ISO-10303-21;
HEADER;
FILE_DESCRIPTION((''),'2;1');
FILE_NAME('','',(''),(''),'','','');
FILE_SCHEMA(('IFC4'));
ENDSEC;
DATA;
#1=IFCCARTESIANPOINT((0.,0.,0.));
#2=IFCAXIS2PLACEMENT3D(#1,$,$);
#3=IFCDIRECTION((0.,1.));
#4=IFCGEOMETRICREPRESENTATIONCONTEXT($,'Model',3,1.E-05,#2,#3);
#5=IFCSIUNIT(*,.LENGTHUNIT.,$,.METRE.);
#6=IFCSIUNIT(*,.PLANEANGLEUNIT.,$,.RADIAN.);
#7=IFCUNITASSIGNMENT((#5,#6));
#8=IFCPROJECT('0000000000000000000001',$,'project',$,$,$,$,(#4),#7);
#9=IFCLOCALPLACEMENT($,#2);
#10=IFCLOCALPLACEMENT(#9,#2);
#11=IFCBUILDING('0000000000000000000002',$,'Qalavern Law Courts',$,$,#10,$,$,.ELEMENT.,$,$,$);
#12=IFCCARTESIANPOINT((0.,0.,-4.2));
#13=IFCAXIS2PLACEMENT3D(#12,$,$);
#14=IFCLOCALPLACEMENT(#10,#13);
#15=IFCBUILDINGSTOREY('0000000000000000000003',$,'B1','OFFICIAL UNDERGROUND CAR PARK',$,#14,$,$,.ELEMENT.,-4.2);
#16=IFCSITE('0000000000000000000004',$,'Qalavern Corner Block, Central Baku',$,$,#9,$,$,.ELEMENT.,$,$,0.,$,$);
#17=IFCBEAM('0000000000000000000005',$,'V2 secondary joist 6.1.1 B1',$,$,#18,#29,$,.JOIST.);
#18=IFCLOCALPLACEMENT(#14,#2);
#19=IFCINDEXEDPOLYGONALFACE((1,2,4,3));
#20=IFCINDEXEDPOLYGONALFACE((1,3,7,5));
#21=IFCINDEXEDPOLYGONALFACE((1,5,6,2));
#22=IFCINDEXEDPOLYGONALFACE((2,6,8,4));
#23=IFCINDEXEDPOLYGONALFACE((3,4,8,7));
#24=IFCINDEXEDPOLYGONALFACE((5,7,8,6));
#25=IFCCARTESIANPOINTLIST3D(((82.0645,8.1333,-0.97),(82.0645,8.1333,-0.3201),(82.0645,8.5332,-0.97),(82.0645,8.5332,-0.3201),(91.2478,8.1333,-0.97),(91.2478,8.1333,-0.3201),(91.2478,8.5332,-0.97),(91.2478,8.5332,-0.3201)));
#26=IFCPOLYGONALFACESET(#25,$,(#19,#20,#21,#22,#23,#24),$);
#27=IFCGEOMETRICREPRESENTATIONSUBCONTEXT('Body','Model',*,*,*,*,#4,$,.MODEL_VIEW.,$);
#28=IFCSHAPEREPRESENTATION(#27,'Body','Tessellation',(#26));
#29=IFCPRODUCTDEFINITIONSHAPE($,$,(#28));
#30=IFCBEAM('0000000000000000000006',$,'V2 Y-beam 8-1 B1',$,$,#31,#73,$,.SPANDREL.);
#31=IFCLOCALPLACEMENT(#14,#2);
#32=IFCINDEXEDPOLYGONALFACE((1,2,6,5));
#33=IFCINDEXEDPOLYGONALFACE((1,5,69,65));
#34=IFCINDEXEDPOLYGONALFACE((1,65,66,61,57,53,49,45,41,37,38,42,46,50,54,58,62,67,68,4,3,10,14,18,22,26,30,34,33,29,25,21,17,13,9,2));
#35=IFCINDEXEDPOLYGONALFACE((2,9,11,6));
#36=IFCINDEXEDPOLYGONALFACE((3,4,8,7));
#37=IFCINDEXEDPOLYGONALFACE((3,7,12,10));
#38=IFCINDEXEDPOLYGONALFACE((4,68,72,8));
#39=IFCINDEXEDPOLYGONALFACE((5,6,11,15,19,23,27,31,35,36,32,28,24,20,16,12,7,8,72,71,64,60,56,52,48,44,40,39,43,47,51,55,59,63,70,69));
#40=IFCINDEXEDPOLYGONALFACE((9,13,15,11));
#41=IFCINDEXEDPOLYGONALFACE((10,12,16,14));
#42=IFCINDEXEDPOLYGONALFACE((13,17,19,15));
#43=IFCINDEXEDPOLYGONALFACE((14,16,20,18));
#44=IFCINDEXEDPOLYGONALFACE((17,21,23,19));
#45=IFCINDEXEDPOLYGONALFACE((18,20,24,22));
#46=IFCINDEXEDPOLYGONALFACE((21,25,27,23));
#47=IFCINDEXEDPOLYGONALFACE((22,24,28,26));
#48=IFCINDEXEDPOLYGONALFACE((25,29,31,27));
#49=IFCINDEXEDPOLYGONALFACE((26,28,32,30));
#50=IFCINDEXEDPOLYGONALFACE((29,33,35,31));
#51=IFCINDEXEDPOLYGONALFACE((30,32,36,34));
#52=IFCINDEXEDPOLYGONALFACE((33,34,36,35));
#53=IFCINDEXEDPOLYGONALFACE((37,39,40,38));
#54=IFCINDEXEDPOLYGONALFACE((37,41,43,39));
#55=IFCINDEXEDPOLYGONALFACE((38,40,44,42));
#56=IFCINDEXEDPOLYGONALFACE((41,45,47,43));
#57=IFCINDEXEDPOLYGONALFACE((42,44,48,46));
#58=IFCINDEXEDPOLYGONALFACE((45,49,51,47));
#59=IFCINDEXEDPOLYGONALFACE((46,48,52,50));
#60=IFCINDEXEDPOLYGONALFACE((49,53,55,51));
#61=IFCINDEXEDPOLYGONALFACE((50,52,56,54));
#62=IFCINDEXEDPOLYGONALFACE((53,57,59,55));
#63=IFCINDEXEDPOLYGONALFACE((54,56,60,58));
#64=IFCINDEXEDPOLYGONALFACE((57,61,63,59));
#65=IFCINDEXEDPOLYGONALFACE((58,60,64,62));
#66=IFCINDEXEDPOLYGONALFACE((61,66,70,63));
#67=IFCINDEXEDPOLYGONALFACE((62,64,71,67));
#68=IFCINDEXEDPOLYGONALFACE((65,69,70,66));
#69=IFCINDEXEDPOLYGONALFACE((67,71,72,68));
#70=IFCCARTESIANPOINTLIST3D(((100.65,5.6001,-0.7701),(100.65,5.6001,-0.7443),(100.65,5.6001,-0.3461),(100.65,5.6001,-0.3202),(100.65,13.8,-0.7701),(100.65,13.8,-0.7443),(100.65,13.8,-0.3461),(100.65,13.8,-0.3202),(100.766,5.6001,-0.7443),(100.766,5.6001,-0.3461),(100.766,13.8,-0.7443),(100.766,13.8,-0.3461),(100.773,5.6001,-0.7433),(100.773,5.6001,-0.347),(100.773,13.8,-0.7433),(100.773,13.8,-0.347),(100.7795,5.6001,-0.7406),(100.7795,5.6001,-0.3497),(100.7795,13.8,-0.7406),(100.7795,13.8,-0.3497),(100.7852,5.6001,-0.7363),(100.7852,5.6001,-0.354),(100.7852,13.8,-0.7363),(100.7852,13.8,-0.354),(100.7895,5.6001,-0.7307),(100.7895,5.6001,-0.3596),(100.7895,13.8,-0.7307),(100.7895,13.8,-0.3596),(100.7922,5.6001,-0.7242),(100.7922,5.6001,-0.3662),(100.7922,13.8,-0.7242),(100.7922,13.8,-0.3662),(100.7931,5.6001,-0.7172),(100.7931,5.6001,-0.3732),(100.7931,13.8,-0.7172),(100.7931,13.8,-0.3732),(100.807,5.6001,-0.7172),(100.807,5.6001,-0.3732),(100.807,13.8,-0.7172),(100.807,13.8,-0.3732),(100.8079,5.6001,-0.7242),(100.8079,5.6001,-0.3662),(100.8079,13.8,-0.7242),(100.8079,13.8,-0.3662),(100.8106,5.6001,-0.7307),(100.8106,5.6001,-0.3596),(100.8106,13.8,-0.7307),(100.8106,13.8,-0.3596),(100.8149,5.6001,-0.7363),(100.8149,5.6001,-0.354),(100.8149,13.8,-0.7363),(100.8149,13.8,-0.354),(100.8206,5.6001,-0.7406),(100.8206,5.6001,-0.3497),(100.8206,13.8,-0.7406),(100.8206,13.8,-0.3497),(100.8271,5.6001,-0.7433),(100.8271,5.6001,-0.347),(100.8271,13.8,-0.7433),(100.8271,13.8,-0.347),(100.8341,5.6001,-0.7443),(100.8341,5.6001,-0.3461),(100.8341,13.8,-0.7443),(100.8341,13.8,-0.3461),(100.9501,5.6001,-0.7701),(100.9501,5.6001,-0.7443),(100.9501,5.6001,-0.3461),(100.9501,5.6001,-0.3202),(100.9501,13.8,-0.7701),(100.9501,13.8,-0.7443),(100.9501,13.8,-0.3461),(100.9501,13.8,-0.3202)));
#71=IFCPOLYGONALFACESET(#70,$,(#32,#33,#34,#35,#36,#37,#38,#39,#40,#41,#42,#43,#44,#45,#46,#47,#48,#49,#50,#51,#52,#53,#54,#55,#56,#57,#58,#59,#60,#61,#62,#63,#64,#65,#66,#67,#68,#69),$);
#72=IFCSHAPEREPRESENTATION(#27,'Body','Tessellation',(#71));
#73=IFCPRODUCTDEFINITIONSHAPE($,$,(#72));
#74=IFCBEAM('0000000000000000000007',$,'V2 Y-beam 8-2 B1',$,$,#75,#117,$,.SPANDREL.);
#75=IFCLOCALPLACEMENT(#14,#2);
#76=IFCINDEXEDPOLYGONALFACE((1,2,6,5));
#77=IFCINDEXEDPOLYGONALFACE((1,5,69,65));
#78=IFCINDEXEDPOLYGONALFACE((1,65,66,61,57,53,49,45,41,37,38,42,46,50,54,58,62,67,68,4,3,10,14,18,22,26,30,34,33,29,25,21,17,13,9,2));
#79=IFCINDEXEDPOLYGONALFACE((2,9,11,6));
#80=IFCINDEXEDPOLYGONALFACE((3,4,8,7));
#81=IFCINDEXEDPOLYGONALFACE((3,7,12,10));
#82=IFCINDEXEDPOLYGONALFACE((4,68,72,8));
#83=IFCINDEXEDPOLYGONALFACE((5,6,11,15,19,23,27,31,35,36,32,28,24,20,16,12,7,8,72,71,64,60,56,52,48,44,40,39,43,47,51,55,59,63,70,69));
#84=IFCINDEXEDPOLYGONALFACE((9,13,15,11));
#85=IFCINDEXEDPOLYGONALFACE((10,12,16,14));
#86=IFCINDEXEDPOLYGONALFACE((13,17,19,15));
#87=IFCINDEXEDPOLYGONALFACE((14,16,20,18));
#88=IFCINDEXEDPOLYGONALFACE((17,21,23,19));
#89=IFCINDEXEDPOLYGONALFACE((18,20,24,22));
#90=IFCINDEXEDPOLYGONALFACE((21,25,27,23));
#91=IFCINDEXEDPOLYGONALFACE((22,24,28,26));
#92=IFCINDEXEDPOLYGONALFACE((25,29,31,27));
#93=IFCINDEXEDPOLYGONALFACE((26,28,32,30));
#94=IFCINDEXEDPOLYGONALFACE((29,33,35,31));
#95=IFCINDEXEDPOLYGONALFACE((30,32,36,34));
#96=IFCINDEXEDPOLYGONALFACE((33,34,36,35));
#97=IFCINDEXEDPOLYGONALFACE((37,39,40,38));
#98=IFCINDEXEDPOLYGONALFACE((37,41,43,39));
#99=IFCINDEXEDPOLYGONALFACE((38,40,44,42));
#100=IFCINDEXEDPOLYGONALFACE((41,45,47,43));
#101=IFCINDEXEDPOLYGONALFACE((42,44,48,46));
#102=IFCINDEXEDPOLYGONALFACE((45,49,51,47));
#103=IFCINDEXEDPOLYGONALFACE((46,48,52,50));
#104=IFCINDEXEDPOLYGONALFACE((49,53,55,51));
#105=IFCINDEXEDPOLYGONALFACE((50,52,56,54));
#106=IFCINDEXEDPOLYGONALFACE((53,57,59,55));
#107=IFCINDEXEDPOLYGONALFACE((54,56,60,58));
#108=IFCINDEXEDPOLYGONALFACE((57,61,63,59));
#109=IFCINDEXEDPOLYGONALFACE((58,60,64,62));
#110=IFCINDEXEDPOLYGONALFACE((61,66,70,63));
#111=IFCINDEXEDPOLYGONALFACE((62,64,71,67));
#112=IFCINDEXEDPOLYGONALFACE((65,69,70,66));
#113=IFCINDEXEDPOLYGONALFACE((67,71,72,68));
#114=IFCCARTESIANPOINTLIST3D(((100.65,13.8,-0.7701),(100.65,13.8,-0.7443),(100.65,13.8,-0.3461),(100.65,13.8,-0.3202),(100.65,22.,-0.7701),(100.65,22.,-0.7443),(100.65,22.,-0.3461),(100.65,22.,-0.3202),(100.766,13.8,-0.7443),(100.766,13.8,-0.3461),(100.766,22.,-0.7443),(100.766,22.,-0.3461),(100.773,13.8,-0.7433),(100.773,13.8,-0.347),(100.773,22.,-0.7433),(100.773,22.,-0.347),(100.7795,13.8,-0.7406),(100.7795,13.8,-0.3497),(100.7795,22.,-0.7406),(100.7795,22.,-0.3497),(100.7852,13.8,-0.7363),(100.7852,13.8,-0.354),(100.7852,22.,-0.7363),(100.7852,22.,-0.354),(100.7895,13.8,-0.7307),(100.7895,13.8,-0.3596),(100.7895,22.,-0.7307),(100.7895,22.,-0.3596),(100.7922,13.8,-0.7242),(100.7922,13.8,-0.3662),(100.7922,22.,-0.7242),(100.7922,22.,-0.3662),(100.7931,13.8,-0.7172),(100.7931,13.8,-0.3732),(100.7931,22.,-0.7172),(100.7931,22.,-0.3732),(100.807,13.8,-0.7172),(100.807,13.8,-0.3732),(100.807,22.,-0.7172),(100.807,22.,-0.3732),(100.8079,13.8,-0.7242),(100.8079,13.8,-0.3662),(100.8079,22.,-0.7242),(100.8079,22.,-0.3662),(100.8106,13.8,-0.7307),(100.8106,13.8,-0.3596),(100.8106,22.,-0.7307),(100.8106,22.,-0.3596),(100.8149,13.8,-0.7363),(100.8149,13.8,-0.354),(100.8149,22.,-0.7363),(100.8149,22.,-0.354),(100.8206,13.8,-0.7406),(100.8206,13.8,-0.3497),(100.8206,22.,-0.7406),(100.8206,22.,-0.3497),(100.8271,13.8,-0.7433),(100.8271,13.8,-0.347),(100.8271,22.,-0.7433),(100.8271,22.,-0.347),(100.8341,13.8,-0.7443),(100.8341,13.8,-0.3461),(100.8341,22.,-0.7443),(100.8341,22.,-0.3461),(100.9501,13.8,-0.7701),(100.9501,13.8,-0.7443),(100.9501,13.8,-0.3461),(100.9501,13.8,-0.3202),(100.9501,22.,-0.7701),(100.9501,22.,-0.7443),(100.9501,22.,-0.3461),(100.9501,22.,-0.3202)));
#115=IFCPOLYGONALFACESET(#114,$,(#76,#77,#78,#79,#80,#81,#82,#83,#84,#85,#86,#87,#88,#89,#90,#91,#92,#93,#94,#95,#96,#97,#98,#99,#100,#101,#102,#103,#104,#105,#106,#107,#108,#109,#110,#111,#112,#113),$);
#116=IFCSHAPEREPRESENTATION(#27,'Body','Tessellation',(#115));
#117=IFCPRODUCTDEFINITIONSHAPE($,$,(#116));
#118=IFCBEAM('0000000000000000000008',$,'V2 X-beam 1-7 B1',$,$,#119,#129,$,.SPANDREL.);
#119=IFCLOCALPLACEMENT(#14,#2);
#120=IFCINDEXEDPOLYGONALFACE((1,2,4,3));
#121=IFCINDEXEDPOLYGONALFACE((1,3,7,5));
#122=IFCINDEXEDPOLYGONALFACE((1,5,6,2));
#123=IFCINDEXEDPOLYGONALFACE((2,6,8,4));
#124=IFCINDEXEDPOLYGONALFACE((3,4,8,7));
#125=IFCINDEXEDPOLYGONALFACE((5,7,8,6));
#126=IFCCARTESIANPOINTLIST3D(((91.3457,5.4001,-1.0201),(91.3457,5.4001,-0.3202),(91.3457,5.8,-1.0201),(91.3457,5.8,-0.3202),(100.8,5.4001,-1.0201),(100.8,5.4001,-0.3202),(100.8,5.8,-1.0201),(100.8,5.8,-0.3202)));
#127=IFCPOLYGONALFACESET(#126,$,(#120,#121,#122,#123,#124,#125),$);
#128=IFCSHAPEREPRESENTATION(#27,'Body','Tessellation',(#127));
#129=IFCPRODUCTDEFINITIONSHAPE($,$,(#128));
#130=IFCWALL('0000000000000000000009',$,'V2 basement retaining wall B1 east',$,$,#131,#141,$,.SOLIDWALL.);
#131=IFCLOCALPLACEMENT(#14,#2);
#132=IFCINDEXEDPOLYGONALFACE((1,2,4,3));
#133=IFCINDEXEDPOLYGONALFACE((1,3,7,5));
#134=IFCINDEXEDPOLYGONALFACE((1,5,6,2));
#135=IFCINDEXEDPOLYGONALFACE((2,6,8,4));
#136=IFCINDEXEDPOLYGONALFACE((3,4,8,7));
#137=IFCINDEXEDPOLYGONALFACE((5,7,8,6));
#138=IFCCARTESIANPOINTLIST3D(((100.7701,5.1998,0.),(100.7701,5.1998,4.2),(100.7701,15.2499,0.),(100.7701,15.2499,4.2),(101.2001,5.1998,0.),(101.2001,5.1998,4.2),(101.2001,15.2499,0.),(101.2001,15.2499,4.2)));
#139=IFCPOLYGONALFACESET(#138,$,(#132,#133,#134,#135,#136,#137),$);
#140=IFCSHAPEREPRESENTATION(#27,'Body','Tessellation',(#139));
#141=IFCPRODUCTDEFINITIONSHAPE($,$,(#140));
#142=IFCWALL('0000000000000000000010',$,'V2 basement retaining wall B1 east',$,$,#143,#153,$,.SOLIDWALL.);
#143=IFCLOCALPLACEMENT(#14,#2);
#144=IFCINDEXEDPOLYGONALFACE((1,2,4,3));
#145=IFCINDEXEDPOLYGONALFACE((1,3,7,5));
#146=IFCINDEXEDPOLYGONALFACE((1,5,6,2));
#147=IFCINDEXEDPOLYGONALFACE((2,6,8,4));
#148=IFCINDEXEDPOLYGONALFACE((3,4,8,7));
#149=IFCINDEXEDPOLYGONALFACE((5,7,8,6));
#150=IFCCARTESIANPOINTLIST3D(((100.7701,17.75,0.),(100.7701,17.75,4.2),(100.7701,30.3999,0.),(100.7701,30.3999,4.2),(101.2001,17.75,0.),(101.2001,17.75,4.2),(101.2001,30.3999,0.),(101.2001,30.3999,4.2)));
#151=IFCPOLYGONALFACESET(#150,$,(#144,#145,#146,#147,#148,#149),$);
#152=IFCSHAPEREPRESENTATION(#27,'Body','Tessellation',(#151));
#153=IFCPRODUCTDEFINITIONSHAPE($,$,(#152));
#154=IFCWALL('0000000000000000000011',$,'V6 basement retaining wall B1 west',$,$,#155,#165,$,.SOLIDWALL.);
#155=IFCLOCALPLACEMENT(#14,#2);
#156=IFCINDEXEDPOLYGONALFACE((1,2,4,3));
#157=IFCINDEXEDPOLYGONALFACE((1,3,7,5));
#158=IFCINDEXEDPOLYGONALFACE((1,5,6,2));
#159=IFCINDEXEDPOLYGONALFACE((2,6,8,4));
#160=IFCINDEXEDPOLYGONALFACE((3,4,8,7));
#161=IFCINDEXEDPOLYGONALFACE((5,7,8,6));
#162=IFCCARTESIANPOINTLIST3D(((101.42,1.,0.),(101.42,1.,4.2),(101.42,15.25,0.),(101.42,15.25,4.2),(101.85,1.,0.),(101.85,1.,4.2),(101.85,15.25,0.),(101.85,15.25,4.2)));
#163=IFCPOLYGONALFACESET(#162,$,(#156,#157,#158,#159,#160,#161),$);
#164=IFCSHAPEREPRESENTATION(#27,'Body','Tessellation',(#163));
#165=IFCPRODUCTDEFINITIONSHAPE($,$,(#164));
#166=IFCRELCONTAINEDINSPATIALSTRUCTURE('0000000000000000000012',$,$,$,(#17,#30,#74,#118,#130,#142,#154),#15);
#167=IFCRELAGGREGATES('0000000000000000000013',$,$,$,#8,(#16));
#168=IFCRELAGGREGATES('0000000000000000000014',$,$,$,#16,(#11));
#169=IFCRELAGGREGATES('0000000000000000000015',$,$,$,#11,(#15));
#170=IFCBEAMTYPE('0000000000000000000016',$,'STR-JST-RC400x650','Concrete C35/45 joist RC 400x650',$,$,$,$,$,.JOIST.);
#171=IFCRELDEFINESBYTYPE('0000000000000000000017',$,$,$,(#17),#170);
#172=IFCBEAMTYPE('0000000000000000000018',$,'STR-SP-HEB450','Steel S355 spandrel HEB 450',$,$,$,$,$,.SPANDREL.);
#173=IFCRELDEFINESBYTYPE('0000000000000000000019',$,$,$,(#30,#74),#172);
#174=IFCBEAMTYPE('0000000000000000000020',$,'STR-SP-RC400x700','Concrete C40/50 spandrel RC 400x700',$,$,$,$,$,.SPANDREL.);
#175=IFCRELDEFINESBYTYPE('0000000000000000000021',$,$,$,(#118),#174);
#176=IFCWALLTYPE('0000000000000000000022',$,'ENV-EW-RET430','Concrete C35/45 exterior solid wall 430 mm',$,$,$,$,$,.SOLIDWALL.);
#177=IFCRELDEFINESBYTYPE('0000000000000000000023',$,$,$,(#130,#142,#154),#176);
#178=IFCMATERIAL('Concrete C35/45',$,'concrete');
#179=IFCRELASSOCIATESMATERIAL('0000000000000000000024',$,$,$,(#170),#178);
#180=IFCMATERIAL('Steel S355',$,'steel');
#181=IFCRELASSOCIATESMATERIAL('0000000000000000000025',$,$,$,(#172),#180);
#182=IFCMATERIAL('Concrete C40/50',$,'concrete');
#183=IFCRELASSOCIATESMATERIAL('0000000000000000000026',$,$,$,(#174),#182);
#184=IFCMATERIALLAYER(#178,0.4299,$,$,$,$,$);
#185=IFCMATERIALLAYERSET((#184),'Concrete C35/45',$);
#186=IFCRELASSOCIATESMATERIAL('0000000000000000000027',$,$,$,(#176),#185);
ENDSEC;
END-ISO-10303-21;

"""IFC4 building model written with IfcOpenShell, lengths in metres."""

from ifc_helpers import new_model, si_unit, direction, frame, frame_2d, origin, origin_2d, place, context, subcontext, project, spatial, rectangle, i_section, extrude, material, layer, layer_set, material_profile, profile_set, type_object, element, save


model = new_model("IFC4")

# Units and contexts
model_context = context("Model", 3, precision=1e-05, world=origin(), true_north=direction((0.0, 1.0)))
body_context = subcontext(model_context, "Body", "Model", "MODEL_VIEW")
ifc_project = project(units=[si_unit("LENGTHUNIT", "METRE"), si_unit("PLANEANGLEUNIT", "RADIAN")], contexts=[model_context])

# Site, building, storey
site_placement = place(None, origin())
site = spatial("IfcSite", under=ifc_project, at=site_placement, Name="Qalavern Corner Block, Central Baku", CompositionType="ELEMENT", RefElevation=0.0)
building_placement = place(site_placement, origin())
building = spatial("IfcBuilding", under=site, at=building_placement, Name="Qalavern Law Courts", CompositionType="ELEMENT")
storey_placement = place(building_placement, frame((0.0, 0.0, -4.2)))
storey = spatial("IfcBuildingStorey", under=building, at=storey_placement, Name="B1", Description="OFFICIAL UNDERGROUND CAR PARK", CompositionType="ELEMENT", Elevation=-4.2)

# Shared definitions
ifc_material_1 = material(Name="Steel S355", Category="steel")

# Beams
ifc_material_2 = material(Name="Concrete C40/50", Category="concrete")
ifc_material_3 = material(Name="Concrete C35/45", Category="concrete")
ifc_material_profile_1 = material_profile(ifc_material_3, rectangle(XDim=0.3999, YDim=0.6499, at=origin_2d()), Name="RC 400x650")
ifc_profile_set_1 = profile_set([ifc_material_profile_1], Name="Concrete C35/45")
beam_type_1 = type_object("IfcBeamType", Name="STR-JST-RC400x650", Description="Concrete C35/45 joist RC 400x650", PredefinedType="JOIST", material=ifc_profile_set_1)
beam_1_placement = place(storey_placement, frame((82.0645, 8.3333, -0.645), z_axis=(1.0, 0.0, 0.0), x_axis=(0.0, 1.0, 0.0)))
element("IfcBeam", 1, at=beam_1_placement, inside=storey, type_object=beam_type_1, Name="V2 secondary joist 6.1.1 B1", PredefinedType="JOIST", context=body_context, shape_type="SweptSolid", body=[
    extrude(rectangle(XDim=0.3999, YDim=0.6499, at=origin_2d()), origin(), (0.0, 0.0, 1.0), 9.1833),
])
ifc_material_profile_2 = material_profile(ifc_material_1, i_section(OverallWidth=0.3, OverallDepth=0.45, WebThickness=0.0139, FlangeThickness=0.0259, FilletRadius=0.0271, at=origin_2d()), Name="HEB 450")
ifc_profile_set_2 = profile_set([ifc_material_profile_2], Name="Steel S355")
beam_type_2 = type_object("IfcBeamType", Name="STR-SP-HEB450", Description="Steel S355 spandrel HEB 450", PredefinedType="SPANDREL", material=ifc_profile_set_2)
for number, where, z_axis, x_axis, name in (
    (2, (100.8, 5.6001, -0.5452), (0.0, 1.0, 0.0), (-1.0, 0.0, 0.0), "V2 Y-beam 8-1 B1"),
    (3, (100.8, 13.8, -0.5452), (0.0, 1.0, 0.0), (-1.0, 0.0, 0.0), "V2 Y-beam 8-2 B1"),
):
    element("IfcBeam", number, at=place(storey_placement, frame(where, z_axis=z_axis, x_axis=x_axis)), inside=storey, type_object=beam_type_2, Name=name, PredefinedType="SPANDREL", context=body_context, shape_type="SweptSolid", body=[
        extrude(i_section(OverallWidth=0.3, OverallDepth=0.45, WebThickness=0.0139, FlangeThickness=0.0259, FilletRadius=0.0271, at=origin_2d()), origin(), (0.0, 0.0, 1.0), 8.2),
    ])
ifc_material_profile_3 = material_profile(ifc_material_2, rectangle(XDim=0.3999, YDim=0.7, at=origin_2d()), Name="RC 400x700")
ifc_profile_set_3 = profile_set([ifc_material_profile_3], Name="Concrete C40/50")
beam_type_3 = type_object("IfcBeamType", Name="STR-SP-RC400x700", Description="Concrete C40/50 spandrel RC 400x700", PredefinedType="SPANDREL", material=ifc_profile_set_3)
beam_2_placement = place(storey_placement, frame((91.3457, 5.6001, -0.6702), z_axis=(1.0, 0.0, 0.0), x_axis=(0.0, 1.0, 0.0)))
element("IfcBeam", 4, at=beam_2_placement, inside=storey, type_object=beam_type_3, Name="V2 X-beam 1-7 B1", PredefinedType="SPANDREL", context=body_context, shape_type="SweptSolid", body=[
    extrude(rectangle(XDim=0.3999, YDim=0.7, at=origin_2d()), origin(), (0.0, 0.0, 1.0), 9.4543),
])

# Walls
ifc_layer_1 = layer(ifc_material_3, 0.4299)
ifc_layer_set_1 = layer_set([ifc_layer_1], Name="Concrete C35/45")
wall_type_1 = type_object("IfcWallType", Name="ENV-EW-RET430", Description="Concrete C35/45 exterior solid wall 430 mm", PredefinedType="SOLIDWALL", material=ifc_layer_set_1)
wall_1_placement = place(storey_placement, frame((100.9851, 5.2, 0.0), z_axis=(0.0, 0.0, 1.0), x_axis=(0.0, 1.0, 0.0)))
element("IfcWall", 5, at=wall_1_placement, inside=storey, type_object=wall_type_1, Name="V2 basement retaining wall B1 east", PredefinedType="SOLIDWALL", context=body_context, shape_type="SweptSolid", body=[
    extrude(rectangle(XDim=10.05, YDim=0.4299, at=frame_2d((5.0249, 0.0))), origin(), (0.0, 0.0, 1.0), 4.2),
])
wall_2_placement = place(storey_placement, frame((100.9851, 17.75, 0.0), z_axis=(0.0, 0.0, 1.0), x_axis=(0.0, 1.0, 0.0)))
element("IfcWall", 6, at=wall_2_placement, inside=storey, type_object=wall_type_1, Name="V2 basement retaining wall B1 east", PredefinedType="SOLIDWALL", context=body_context, shape_type="SweptSolid", body=[
    extrude(rectangle(XDim=12.6499, YDim=0.4299, at=frame_2d((6.325, 0.0))), origin(), (0.0, 0.0, 1.0), 4.2),
])
wall_3_placement = place(storey_placement, frame((101.635, 15.25, 0.0), z_axis=(0.0, 0.0, 1.0), x_axis=(0.0, -1.0, 0.0)))
element("IfcWall", 7, at=wall_3_placement, inside=storey, type_object=wall_type_1, Name="V6 basement retaining wall B1 west", PredefinedType="SOLIDWALL", context=body_context, shape_type="SweptSolid", body=[
    extrude(rectangle(XDim=14.25, YDim=0.4299, at=frame_2d((7.125, 0.0))), origin(), (0.0, 0.0, 1.0), 4.2),
])

save(model, "model.ifc")
